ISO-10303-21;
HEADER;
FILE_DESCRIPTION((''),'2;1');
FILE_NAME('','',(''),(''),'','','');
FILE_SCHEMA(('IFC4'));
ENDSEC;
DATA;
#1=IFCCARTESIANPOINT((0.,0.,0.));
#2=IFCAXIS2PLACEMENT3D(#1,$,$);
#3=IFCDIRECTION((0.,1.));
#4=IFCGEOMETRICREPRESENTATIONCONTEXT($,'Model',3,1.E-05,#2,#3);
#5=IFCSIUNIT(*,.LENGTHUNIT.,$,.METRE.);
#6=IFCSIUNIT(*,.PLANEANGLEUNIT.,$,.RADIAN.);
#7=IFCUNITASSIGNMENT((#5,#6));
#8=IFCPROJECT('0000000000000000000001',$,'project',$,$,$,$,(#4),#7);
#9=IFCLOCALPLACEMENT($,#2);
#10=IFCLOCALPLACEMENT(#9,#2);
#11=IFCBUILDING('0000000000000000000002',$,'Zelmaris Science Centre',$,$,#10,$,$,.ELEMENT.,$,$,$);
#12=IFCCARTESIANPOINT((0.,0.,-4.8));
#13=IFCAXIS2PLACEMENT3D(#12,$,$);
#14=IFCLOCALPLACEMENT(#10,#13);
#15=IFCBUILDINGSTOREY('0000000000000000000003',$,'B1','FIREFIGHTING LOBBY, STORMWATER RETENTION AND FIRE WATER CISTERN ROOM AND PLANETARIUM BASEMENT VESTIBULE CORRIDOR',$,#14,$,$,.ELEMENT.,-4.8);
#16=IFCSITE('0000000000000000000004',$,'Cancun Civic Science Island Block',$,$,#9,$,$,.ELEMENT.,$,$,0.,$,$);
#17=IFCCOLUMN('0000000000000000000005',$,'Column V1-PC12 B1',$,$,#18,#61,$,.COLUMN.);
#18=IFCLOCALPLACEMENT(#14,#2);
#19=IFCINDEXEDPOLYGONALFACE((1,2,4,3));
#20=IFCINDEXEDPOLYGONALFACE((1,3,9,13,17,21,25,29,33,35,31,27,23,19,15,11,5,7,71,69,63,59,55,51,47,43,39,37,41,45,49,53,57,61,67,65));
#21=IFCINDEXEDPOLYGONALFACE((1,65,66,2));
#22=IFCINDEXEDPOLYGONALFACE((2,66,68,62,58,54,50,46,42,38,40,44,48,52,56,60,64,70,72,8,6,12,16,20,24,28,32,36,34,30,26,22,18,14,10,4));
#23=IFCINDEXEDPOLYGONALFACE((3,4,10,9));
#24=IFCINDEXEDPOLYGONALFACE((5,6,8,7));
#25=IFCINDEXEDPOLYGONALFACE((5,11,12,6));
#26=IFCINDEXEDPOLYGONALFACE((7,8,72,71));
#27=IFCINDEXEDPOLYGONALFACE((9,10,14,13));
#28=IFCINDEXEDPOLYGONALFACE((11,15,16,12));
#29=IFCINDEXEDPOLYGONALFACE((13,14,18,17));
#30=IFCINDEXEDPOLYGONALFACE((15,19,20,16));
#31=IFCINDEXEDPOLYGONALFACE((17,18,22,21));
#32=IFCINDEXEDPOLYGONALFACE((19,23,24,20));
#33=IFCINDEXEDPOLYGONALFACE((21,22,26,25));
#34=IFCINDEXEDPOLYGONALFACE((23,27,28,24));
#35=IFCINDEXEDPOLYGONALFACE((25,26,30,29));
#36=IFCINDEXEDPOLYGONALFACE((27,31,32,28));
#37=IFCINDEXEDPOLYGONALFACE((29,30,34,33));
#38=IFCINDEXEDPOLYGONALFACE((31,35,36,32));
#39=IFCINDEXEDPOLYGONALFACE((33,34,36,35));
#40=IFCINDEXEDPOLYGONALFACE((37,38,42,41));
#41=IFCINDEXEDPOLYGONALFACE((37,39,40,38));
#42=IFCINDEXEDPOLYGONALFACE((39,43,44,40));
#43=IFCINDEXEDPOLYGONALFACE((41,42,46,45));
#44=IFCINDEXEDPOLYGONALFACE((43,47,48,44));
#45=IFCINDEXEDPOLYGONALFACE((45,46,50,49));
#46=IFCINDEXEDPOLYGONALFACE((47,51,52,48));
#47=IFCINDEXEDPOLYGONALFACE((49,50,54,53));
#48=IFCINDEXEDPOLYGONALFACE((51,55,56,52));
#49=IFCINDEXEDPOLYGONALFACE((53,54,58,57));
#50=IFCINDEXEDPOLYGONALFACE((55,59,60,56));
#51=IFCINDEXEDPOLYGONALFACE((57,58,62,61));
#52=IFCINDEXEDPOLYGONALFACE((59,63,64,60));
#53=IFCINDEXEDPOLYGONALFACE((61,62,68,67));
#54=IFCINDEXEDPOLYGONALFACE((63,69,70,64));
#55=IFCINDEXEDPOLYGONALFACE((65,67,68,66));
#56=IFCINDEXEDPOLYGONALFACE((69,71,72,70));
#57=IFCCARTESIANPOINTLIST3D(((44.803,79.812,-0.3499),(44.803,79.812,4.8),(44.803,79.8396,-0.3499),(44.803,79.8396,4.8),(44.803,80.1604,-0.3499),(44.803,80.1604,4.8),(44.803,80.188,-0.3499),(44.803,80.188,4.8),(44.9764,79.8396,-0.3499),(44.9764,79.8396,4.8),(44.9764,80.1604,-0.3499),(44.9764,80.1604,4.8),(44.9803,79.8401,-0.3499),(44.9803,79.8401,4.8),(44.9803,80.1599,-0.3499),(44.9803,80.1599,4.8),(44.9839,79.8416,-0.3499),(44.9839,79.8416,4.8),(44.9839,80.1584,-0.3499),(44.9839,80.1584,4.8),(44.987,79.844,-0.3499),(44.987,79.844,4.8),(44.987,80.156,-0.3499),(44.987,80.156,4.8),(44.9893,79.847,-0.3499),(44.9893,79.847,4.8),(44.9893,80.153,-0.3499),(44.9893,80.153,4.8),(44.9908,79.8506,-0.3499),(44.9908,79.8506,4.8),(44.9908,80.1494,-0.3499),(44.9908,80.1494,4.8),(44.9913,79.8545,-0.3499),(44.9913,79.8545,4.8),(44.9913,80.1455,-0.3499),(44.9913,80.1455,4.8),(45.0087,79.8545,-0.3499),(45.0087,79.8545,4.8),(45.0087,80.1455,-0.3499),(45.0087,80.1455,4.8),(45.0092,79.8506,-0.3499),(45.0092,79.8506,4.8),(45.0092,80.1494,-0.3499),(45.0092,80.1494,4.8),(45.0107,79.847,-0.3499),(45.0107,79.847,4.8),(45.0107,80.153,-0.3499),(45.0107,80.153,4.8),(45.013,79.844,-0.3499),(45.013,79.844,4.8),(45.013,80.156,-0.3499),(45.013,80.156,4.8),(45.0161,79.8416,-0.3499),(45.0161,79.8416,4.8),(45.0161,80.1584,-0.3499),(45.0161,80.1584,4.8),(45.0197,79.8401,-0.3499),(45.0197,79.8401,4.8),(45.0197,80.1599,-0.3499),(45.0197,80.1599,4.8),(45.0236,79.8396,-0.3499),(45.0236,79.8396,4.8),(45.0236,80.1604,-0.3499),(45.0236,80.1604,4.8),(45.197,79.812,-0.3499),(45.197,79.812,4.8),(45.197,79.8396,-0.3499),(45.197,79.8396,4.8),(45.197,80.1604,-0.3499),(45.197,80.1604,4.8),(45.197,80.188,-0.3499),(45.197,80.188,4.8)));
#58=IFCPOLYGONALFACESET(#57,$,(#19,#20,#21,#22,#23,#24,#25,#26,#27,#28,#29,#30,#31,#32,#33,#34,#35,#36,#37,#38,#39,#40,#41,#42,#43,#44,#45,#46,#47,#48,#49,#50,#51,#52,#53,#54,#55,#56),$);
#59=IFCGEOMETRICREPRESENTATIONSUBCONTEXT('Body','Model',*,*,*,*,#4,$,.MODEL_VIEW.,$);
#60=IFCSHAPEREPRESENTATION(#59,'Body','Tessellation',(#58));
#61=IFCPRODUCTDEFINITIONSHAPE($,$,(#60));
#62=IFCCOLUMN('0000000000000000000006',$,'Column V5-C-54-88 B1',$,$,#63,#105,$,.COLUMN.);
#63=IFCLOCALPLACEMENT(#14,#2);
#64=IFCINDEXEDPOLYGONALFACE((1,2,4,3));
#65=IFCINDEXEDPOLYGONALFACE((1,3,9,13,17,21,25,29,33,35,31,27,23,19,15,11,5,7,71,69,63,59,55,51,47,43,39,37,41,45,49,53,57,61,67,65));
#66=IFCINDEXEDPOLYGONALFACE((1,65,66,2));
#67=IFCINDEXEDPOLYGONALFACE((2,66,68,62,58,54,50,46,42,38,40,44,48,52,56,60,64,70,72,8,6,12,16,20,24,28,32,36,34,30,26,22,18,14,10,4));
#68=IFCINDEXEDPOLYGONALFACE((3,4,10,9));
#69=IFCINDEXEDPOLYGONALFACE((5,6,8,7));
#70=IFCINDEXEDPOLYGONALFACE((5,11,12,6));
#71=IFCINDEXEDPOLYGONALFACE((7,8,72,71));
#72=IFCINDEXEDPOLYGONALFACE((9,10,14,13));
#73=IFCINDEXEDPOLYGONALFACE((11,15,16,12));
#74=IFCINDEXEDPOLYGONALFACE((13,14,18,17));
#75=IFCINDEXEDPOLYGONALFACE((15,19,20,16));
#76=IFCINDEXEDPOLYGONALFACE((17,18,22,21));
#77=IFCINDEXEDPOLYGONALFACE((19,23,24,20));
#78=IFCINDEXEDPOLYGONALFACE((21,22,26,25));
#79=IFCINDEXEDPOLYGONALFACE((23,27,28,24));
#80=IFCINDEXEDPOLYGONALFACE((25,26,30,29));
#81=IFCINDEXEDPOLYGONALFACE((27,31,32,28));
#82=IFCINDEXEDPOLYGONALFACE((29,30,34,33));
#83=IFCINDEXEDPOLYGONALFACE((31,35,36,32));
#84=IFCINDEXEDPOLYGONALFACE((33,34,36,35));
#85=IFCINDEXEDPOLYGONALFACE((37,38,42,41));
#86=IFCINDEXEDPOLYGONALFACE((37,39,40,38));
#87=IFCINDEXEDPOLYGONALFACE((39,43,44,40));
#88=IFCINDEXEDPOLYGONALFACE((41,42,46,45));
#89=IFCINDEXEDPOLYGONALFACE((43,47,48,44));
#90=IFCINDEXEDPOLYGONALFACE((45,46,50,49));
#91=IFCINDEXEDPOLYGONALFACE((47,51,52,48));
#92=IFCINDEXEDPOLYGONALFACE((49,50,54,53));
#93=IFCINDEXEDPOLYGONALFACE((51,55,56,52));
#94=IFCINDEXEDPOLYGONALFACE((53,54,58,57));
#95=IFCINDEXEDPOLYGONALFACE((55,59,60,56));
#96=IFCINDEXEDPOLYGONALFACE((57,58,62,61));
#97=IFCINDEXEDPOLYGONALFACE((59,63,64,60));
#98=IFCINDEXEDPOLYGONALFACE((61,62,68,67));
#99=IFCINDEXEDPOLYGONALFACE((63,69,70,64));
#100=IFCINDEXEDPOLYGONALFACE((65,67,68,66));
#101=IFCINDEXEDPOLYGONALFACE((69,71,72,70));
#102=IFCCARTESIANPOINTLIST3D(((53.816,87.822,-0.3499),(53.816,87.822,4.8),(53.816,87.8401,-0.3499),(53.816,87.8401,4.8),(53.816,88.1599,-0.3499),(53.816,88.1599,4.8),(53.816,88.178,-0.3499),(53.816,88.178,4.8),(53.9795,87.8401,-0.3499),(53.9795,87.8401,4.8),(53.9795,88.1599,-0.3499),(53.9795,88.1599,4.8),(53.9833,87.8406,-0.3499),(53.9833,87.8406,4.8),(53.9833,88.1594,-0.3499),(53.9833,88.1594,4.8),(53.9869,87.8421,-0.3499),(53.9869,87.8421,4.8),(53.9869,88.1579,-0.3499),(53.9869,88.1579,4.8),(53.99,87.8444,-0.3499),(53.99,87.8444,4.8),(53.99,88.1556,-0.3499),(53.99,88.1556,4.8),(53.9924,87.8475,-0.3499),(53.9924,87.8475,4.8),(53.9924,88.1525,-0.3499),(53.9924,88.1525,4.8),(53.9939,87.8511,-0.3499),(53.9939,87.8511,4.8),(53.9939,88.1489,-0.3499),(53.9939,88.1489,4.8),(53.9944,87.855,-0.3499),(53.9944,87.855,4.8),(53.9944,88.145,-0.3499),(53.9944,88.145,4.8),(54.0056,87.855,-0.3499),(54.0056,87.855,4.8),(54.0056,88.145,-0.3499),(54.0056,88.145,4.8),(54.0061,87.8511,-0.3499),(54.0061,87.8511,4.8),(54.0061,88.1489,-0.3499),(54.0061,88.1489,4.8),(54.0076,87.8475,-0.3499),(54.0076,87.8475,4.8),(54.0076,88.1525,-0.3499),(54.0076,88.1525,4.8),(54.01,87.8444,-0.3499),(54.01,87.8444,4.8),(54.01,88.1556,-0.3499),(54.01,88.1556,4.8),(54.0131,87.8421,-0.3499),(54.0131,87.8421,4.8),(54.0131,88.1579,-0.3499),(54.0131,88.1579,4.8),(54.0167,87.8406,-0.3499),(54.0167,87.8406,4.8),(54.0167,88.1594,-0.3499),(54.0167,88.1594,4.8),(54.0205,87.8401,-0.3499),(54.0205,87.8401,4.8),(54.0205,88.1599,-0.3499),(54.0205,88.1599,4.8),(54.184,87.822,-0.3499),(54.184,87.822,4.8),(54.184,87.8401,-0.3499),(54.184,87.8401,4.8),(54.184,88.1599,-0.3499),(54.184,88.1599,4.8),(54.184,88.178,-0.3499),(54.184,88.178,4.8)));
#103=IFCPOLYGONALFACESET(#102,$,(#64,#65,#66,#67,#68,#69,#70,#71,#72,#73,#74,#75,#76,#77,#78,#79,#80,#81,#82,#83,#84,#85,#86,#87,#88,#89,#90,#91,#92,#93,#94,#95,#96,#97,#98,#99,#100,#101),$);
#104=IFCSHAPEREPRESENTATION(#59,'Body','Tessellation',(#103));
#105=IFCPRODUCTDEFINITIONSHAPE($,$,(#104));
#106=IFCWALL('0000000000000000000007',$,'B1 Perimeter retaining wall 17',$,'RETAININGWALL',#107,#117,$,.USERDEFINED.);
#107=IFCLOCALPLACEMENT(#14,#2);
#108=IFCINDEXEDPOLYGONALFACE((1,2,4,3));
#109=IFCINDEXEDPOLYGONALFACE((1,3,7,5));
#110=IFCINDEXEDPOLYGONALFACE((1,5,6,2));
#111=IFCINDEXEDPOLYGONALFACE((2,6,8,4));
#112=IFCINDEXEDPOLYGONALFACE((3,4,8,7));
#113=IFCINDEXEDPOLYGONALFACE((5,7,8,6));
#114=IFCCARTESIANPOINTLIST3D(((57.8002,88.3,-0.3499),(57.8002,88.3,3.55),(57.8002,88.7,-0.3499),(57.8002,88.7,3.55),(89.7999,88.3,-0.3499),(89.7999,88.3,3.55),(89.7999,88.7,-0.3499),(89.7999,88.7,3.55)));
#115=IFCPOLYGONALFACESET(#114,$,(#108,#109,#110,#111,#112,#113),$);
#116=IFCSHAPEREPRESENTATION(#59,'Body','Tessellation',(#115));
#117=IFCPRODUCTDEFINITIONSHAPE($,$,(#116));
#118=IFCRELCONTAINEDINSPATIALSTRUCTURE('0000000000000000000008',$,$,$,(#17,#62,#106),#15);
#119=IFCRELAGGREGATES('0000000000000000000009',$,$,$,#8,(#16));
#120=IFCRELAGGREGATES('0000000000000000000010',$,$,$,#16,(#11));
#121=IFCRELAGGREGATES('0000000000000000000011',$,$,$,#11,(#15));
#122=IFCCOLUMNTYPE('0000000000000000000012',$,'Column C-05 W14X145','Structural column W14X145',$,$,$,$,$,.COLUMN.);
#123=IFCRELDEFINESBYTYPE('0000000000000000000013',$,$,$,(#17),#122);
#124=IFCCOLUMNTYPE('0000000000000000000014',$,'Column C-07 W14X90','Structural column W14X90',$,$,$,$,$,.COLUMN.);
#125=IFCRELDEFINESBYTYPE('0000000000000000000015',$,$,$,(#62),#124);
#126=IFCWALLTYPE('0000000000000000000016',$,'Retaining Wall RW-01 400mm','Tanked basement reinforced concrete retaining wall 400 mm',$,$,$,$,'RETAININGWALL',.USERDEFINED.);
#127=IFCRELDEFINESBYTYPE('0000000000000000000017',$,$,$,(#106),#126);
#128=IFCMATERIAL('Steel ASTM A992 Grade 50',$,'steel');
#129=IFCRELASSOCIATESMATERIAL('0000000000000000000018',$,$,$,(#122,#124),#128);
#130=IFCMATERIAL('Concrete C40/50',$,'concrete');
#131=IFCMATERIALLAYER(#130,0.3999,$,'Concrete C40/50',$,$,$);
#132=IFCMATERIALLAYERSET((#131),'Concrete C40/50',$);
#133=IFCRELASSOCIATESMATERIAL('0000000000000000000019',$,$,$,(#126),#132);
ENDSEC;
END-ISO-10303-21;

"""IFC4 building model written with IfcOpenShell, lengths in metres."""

from ifc_helpers import new_model, si_unit, direction, frame, frame_2d, origin, origin_2d, place, context, subcontext, project, spatial, rectangle, i_section, extrude, material, layer, layer_set, material_profile, profile_set, type_object, element, save


model = new_model("IFC4")

# Units and contexts
model_context = context("Model", 3, precision=1e-05, world=origin(), true_north=direction((0.0, 1.0)))
body_context = subcontext(model_context, "Body", "Model", "MODEL_VIEW")
ifc_project = project(units=[si_unit("LENGTHUNIT", "METRE"), si_unit("PLANEANGLEUNIT", "RADIAN")], contexts=[model_context])

# Site, building, storey
site_placement = place(None, origin())
site = spatial("IfcSite", under=ifc_project, at=site_placement, Name="Cancun Civic Science Island Block", CompositionType="ELEMENT", RefElevation=0.0)
building_placement = place(site_placement, origin())
building = spatial("IfcBuilding", under=site, at=building_placement, Name="Zelmaris Science Centre", CompositionType="ELEMENT")
storey_placement = place(building_placement, frame((0.0, 0.0, -4.8)))
storey = spatial("IfcBuildingStorey", under=building, at=storey_placement, Name="B1", Description="FIREFIGHTING LOBBY, STORMWATER RETENTION AND FIRE WATER CISTERN ROOM AND PLANETARIUM BASEMENT VESTIBULE CORRIDOR", CompositionType="ELEMENT", Elevation=-4.8)

# Shared definitions
ifc_material_1 = material(Name="Concrete C40/50", Category="concrete")

# Columns
ifc_material_2 = material(Name="Steel ASTM A992 Grade 50", Category="steel")
ifc_material_profile_1 = material_profile(ifc_material_2, i_section(OverallWidth=0.394, OverallDepth=0.376, WebThickness=0.0173, FlangeThickness=0.0276, FilletRadius=0.0149, at=origin_2d()), Name="W14X145")
ifc_profile_set_1 = profile_set([ifc_material_profile_1], Name="Steel ASTM A992 Grade 50")
column_type_1 = type_object("IfcColumnType", Name="Column C-05 W14X145", Description="Structural column W14X145", PredefinedType="COLUMN", material=ifc_profile_set_1)
column_1_placement = place(storey_placement, frame((45.0, 80.0, -0.3499), z_axis=(0.0, 0.0, 1.0), x_axis=(1.0, 0.0, 0.0)))
element("IfcColumn", 1, at=column_1_placement, inside=storey, type_object=column_type_1, Name="Column V1-PC12 B1", PredefinedType="COLUMN", context=body_context, shape_type="SweptSolid", body=[
    extrude(i_section(OverallWidth=0.394, OverallDepth=0.376, WebThickness=0.0173, FlangeThickness=0.0276, FilletRadius=0.0149, at=origin_2d()), origin(), (0.0, 0.0, 1.0), 5.1499),
])
ifc_material_profile_2 = material_profile(ifc_material_2, i_section(OverallWidth=0.3679, OverallDepth=0.356, WebThickness=0.0112, FlangeThickness=0.0181, FilletRadius=0.0149, at=origin_2d()), Name="W14X90")
ifc_profile_set_2 = profile_set([ifc_material_profile_2], Name="Steel ASTM A992 Grade 50")
column_type_2 = type_object("IfcColumnType", Name="Column C-07 W14X90", Description="Structural column W14X90", PredefinedType="COLUMN", material=ifc_profile_set_2)
column_2_placement = place(storey_placement, frame((54.0, 88.0, -0.3499), z_axis=(0.0, 0.0, 1.0), x_axis=(1.0, 0.0, 0.0)))
element("IfcColumn", 2, at=column_2_placement, inside=storey, type_object=column_type_2, Name="Column V5-C-54-88 B1", PredefinedType="COLUMN", context=body_context, shape_type="SweptSolid", body=[
    extrude(i_section(OverallWidth=0.3679, OverallDepth=0.356, WebThickness=0.0112, FlangeThickness=0.0181, FilletRadius=0.0149, at=origin_2d()), origin(), (0.0, 0.0, 1.0), 5.1499),
])

# Wall
ifc_layer = layer(ifc_material_1, 0.3999, Name="Concrete C40/50")
ifc_layer_set = layer_set([ifc_layer], Name="Concrete C40/50")
wall_type = type_object("IfcWallType", Name="Retaining Wall RW-01 400mm", Description="Tanked basement reinforced concrete retaining wall 400 mm", ElementType="RETAININGWALL", PredefinedType="USERDEFINED", material=ifc_layer_set)
wall_placement = place(storey_placement, frame((57.8, 88.5, -0.3499), z_axis=(0.0, 0.0, 1.0), x_axis=(1.0, 0.0, 0.0)))
element("IfcWall", 3, at=wall_placement, inside=storey, type_object=wall_type, Name="B1 Perimeter retaining wall 17", ObjectType="RETAININGWALL", PredefinedType="USERDEFINED", context=body_context, shape_type="SweptSolid", body=[
    extrude(rectangle(XDim=31.9998, YDim=0.3999, at=frame_2d((16.0, 0.0))), origin(), (0.0, 0.0, 1.0), 3.8999),
])

save(model, "model.ifc")
